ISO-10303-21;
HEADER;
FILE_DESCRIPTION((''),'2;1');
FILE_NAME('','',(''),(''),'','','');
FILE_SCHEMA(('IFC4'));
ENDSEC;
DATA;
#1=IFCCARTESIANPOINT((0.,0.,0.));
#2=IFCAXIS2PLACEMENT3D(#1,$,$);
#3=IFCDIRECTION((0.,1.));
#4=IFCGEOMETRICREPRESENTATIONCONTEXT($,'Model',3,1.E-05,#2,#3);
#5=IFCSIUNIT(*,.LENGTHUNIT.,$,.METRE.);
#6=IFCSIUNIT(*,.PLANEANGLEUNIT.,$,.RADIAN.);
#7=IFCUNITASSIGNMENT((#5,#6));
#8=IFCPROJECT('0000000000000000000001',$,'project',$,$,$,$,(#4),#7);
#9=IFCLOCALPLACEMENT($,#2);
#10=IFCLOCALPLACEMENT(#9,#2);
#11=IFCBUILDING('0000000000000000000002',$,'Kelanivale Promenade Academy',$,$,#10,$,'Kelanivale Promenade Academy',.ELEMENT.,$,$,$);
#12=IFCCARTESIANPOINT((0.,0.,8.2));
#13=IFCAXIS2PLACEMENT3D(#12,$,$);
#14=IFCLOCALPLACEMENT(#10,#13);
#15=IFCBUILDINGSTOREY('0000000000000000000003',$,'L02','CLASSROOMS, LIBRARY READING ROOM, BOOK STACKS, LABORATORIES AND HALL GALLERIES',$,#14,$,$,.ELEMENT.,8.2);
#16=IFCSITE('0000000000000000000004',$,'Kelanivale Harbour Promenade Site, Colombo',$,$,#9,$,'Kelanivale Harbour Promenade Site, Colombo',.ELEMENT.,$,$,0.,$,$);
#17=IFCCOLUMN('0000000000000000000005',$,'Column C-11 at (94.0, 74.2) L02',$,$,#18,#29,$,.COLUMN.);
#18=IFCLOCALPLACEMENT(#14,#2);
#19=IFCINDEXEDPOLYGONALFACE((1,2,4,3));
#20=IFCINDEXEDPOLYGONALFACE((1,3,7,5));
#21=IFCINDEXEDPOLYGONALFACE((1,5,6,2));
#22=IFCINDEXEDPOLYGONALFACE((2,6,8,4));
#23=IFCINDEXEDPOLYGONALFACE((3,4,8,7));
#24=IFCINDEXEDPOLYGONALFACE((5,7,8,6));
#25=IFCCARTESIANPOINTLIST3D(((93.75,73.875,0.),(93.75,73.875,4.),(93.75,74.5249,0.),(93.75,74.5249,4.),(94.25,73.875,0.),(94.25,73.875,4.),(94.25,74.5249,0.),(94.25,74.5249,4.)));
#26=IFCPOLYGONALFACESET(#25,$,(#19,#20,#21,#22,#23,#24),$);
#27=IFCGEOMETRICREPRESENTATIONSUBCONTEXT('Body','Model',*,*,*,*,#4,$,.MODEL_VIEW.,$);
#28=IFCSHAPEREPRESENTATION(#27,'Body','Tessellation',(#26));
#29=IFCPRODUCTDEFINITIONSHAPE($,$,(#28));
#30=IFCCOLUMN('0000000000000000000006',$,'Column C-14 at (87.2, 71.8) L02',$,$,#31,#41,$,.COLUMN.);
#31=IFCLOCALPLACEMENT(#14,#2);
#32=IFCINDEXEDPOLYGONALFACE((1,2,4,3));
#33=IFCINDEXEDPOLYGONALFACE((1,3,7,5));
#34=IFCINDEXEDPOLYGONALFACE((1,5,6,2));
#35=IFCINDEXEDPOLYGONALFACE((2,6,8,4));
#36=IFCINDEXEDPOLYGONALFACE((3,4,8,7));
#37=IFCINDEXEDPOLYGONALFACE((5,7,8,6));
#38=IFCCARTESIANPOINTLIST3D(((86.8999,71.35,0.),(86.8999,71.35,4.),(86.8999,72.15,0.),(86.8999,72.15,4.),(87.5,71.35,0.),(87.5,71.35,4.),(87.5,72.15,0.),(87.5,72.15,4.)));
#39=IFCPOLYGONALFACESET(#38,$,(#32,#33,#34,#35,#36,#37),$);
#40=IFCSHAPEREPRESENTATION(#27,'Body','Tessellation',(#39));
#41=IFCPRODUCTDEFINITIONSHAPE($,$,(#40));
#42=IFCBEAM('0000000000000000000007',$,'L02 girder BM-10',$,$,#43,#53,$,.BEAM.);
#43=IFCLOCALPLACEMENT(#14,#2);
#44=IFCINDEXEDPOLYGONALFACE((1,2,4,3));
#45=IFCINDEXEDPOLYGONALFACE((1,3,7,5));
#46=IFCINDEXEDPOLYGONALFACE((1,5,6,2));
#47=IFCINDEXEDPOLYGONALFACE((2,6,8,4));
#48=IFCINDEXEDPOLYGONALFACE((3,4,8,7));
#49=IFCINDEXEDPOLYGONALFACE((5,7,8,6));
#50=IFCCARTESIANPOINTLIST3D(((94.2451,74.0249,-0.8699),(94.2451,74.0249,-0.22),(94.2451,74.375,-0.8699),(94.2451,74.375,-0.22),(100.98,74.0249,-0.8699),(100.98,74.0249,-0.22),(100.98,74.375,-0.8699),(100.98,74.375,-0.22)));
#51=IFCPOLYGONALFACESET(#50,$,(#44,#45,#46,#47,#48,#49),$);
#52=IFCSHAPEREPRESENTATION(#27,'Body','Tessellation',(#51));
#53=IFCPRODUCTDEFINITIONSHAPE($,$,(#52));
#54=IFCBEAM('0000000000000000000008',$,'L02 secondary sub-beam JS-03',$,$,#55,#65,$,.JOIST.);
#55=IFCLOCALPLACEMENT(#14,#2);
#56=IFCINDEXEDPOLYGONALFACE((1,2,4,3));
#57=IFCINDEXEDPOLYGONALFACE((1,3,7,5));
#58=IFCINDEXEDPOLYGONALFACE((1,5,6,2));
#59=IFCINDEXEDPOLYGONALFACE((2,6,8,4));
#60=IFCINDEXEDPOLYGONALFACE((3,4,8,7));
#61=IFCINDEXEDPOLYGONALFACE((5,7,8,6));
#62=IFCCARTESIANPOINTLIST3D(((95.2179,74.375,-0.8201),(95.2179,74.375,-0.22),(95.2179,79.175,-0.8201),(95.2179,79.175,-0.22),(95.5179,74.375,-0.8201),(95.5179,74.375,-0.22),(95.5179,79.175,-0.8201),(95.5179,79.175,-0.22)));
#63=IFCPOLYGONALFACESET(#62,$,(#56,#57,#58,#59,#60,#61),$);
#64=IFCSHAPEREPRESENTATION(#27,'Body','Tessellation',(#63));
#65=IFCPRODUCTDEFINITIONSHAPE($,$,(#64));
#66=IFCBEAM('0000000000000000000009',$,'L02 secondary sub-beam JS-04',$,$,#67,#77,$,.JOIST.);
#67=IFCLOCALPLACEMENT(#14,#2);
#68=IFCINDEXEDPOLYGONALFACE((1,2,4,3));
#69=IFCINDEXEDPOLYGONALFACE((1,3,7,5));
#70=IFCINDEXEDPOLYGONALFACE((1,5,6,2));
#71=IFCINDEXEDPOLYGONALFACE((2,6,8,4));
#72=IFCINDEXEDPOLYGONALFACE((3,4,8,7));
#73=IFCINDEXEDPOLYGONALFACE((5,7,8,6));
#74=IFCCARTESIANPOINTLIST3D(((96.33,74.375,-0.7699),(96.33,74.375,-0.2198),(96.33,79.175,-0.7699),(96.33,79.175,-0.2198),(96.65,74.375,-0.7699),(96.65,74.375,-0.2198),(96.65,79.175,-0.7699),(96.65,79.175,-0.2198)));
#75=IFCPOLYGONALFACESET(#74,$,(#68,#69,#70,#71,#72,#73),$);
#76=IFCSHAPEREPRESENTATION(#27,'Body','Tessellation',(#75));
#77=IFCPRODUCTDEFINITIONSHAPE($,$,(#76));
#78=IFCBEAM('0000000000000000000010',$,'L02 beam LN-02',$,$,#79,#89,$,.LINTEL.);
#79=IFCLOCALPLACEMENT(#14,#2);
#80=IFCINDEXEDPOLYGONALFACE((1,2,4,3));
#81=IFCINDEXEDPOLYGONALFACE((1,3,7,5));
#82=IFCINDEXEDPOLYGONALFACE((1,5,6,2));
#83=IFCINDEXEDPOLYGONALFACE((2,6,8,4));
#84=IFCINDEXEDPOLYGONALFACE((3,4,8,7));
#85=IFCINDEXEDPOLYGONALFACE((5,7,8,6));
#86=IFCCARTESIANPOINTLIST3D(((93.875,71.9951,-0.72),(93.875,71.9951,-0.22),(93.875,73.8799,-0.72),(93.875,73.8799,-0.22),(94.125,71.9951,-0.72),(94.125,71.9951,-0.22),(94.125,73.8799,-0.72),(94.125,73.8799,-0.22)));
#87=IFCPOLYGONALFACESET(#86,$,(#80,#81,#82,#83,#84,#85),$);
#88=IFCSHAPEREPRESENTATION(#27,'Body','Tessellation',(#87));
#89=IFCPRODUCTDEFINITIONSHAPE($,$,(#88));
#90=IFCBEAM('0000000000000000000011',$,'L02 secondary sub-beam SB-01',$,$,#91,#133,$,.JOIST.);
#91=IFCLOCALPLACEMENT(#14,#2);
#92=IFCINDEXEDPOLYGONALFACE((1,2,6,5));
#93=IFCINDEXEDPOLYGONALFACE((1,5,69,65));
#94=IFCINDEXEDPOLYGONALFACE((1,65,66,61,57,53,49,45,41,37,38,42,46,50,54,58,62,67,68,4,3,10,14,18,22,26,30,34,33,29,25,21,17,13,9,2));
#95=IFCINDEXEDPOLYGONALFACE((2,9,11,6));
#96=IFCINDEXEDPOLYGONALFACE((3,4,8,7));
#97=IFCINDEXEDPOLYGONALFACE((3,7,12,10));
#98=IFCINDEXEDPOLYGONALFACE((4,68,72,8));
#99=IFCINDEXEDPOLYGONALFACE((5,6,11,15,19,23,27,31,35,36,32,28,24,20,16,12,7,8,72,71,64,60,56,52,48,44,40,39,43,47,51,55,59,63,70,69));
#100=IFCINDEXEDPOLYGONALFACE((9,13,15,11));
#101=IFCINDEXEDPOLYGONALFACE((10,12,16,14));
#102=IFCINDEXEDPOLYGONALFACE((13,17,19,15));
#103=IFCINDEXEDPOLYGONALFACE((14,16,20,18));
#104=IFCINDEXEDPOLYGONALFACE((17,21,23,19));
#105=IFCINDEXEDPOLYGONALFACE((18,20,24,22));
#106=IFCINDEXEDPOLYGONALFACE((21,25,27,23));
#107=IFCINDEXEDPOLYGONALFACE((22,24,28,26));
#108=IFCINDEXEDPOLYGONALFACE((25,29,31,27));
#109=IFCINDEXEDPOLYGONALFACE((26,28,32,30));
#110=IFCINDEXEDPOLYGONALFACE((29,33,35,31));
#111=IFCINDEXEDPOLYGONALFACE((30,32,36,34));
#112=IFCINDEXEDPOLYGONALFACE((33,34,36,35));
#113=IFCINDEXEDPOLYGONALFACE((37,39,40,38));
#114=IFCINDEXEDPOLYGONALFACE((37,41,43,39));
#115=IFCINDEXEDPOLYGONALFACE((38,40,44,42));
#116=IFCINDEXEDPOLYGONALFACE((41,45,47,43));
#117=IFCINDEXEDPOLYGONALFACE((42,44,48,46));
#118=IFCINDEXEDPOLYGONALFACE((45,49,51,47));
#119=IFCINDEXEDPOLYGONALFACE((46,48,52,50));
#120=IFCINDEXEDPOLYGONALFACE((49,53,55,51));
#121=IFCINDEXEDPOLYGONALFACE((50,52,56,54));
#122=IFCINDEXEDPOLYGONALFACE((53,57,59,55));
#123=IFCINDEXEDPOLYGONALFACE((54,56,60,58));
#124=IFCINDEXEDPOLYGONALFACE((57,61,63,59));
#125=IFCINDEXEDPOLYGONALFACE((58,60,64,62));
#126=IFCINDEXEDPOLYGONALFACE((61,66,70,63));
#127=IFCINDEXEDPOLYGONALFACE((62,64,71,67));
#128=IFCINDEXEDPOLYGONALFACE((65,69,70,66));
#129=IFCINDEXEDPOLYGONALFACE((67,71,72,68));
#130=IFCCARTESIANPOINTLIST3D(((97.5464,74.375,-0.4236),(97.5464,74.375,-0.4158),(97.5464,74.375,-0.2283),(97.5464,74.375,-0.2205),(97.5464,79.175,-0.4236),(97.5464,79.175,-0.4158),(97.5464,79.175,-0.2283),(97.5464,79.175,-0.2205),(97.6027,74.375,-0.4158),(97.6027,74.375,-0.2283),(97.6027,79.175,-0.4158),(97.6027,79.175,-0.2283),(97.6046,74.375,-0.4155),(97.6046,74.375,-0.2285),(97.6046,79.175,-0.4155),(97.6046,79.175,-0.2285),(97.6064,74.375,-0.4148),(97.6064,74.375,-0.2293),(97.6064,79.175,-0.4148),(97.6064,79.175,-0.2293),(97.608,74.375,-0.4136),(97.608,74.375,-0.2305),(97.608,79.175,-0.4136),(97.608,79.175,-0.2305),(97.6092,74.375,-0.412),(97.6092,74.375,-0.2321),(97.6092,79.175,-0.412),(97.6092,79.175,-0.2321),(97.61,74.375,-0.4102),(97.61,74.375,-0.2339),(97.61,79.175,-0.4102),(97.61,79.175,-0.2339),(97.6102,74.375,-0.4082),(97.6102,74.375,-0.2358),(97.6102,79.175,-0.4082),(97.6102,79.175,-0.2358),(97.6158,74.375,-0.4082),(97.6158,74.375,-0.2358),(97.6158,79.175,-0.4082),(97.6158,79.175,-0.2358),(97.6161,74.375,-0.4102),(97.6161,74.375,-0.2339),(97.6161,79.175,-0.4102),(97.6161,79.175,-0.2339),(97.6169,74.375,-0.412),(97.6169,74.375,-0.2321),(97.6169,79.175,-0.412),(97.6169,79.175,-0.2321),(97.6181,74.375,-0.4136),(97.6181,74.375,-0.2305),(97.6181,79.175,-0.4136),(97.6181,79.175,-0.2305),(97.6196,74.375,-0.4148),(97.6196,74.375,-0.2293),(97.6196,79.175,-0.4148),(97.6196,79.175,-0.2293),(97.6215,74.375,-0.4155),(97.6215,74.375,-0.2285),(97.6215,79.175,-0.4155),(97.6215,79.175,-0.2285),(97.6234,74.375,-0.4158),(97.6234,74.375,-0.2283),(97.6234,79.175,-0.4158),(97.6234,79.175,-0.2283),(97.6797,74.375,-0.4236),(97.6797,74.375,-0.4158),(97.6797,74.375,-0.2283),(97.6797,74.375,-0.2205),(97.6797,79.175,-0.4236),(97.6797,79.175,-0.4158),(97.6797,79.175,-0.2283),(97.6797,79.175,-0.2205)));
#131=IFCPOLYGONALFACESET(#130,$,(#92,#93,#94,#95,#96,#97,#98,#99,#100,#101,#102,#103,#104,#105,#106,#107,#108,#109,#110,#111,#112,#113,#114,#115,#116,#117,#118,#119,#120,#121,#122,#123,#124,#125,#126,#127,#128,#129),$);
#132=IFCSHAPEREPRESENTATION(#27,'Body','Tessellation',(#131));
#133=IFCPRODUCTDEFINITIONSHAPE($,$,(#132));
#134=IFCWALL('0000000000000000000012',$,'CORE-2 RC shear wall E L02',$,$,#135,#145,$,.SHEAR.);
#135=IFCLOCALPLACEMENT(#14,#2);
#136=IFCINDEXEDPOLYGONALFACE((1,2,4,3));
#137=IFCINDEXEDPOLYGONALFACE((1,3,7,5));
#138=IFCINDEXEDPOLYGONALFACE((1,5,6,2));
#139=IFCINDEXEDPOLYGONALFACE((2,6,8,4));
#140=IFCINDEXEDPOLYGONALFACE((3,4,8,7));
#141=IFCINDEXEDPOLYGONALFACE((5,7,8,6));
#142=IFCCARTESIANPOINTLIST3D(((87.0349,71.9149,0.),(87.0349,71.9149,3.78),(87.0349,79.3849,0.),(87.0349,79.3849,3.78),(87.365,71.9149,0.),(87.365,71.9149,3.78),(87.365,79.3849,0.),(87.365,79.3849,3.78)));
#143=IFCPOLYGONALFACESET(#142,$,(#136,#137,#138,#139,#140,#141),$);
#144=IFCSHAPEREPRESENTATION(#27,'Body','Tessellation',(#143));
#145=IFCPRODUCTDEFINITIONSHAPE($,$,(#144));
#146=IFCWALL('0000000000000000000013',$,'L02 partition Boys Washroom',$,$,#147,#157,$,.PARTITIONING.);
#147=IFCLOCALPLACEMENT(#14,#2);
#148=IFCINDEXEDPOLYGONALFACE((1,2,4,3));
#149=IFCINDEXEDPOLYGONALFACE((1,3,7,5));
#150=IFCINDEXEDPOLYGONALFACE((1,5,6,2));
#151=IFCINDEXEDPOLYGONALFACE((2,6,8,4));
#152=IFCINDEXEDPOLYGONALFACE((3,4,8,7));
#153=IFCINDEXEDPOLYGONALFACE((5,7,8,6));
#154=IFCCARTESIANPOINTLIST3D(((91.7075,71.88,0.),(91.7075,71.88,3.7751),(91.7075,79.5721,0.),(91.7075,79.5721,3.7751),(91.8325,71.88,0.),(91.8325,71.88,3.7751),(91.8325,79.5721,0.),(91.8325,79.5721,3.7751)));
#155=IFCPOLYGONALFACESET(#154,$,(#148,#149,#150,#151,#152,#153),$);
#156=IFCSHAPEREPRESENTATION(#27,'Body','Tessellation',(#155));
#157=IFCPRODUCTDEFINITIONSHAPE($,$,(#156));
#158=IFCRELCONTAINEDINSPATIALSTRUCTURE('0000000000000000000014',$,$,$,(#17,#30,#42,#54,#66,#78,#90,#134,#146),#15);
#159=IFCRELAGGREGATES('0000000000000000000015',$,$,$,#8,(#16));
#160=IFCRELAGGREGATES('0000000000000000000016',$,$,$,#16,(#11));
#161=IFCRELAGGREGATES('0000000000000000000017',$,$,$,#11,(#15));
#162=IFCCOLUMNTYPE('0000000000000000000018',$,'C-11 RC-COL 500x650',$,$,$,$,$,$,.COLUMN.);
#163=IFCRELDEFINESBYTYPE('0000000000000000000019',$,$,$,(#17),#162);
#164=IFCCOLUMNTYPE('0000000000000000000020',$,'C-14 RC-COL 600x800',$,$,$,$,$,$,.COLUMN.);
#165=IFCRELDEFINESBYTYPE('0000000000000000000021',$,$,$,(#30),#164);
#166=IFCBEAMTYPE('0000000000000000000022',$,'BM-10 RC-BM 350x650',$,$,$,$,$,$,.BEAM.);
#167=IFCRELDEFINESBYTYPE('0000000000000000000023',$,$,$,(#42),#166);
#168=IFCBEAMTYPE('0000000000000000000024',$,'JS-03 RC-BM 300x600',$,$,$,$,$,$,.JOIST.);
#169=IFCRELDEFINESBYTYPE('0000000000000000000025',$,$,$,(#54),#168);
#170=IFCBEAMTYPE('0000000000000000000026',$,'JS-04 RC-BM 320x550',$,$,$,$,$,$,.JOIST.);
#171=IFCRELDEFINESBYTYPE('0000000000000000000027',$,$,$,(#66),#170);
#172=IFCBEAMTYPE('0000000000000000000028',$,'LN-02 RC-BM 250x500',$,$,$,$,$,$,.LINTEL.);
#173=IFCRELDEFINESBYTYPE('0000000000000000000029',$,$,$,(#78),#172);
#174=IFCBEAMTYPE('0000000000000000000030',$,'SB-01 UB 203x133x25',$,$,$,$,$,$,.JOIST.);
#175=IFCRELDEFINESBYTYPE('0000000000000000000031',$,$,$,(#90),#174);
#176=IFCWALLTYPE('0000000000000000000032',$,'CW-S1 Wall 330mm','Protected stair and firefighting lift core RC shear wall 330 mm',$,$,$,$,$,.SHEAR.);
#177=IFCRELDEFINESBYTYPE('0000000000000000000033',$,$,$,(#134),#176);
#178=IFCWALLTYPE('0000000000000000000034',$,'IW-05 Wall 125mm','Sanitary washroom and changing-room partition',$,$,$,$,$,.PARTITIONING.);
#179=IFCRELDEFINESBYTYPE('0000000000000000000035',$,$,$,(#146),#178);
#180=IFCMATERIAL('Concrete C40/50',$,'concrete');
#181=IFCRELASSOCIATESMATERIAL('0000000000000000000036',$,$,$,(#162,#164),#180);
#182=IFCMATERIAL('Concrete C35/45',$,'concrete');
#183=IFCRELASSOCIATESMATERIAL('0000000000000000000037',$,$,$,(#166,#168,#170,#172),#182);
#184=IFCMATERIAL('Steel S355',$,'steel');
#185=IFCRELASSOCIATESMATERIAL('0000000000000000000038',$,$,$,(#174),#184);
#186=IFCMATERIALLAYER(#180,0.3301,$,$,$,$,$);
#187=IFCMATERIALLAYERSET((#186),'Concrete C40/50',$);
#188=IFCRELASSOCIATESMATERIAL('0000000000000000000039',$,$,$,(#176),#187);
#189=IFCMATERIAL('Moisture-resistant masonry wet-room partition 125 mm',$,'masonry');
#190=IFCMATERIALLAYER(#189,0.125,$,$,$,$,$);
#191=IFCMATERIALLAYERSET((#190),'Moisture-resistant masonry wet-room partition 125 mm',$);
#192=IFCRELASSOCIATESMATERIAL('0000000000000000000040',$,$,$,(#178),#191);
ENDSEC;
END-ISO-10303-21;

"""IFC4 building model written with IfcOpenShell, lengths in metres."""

from ifc_helpers import new_model, si_unit, direction, frame, frame_2d, origin, origin_2d, place, context, subcontext, project, spatial, rectangle, i_section, extrude, material, layer, layer_set, material_profile, profile_set, type_object, element, save


model = new_model("IFC4")

# Units and contexts
model_context = context("Model", 3, precision=1e-05, world=origin(), true_north=direction((0.0, 1.0)))
body_context = subcontext(model_context, "Body", "Model", "MODEL_VIEW")
ifc_project = project(units=[si_unit("LENGTHUNIT", "METRE"), si_unit("PLANEANGLEUNIT", "RADIAN")], contexts=[model_context])

# Site, building, storey
site_placement = place(None, origin())
site = spatial("IfcSite", under=ifc_project, at=site_placement, Name="Kelanivale Harbour Promenade Site, Colombo", LongName="Kelanivale Harbour Promenade Site, Colombo", CompositionType="ELEMENT", RefElevation=0.0)
building_placement = place(site_placement, origin())
building = spatial("IfcBuilding", under=site, at=building_placement, Name="Kelanivale Promenade Academy", LongName="Kelanivale Promenade Academy", CompositionType="ELEMENT")
storey_placement = place(building_placement, frame((0.0, 0.0, 8.2)))
storey = spatial("IfcBuildingStorey", under=building, at=storey_placement, Name="L02", Description="CLASSROOMS, LIBRARY READING ROOM, BOOK STACKS, LABORATORIES AND HALL GALLERIES", CompositionType="ELEMENT", Elevation=8.2)

# Columns
ifc_material_1 = material(Name="Concrete C40/50", Category="concrete")
ifc_material_profile_1 = material_profile(ifc_material_1, rectangle(XDim=0.5, YDim=0.6499, at=origin_2d()), Name="RC-COL 500x650")
ifc_profile_set_1 = profile_set([ifc_material_profile_1], Name="Concrete C40/50")
column_type_1 = type_object("IfcColumnType", Name="C-11 RC-COL 500x650", PredefinedType="COLUMN", material=ifc_profile_set_1)
column_1_placement = place(storey_placement, frame((94.0, 74.2, 0.0), z_axis=(0.0, 0.0, 1.0), x_axis=(1.0, 0.0, 0.0)))
element("IfcColumn", 1, at=column_1_placement, inside=storey, type_object=column_type_1, Name="Column C-11 at (94.0, 74.2) L02", PredefinedType="COLUMN", context=body_context, shape_type="SweptSolid", body=[
    extrude(rectangle(XDim=0.5, YDim=0.6499, at=origin_2d()), origin(), (0.0, 0.0, 1.0), 4.0),
])
ifc_material_profile_2 = material_profile(ifc_material_1, rectangle(XDim=0.6001, YDim=0.8, at=origin_2d()), Name="RC-COL 600x800")
ifc_profile_set_2 = profile_set([ifc_material_profile_2], Name="Concrete C40/50")
column_type_2 = type_object("IfcColumnType", Name="C-14 RC-COL 600x800", PredefinedType="COLUMN", material=ifc_profile_set_2)
column_2_placement = place(storey_placement, frame((87.2, 71.75, 0.0), z_axis=(0.0, 0.0, 1.0), x_axis=(1.0, 0.0, 0.0)))
element("IfcColumn", 2, at=column_2_placement, inside=storey, type_object=column_type_2, Name="Column C-14 at (87.2, 71.8) L02", PredefinedType="COLUMN", context=body_context, shape_type="SweptSolid", body=[
    extrude(rectangle(XDim=0.6001, YDim=0.8, at=origin_2d()), origin(), (0.0, 0.0, 1.0), 4.0),
])

# Beams
ifc_material_2 = material(Name="Concrete C35/45", Category="concrete")
ifc_material_profile_3 = material_profile(ifc_material_2, rectangle(XDim=0.3501, YDim=0.6499, at=origin_2d()), Name="RC-BM 350x650")
ifc_profile_set_3 = profile_set([ifc_material_profile_3], Name="Concrete C35/45")
beam_type_1 = type_object("IfcBeamType", Name="BM-10 RC-BM 350x650", PredefinedType="BEAM", material=ifc_profile_set_3)
beam_1_placement = place(storey_placement, frame((94.2451, 74.2, -0.5449), z_axis=(1.0, 0.0, 0.0), x_axis=(0.0, 1.0, 0.0)))
element("IfcBeam", 3, at=beam_1_placement, inside=storey, type_object=beam_type_1, Name="L02 girder BM-10", PredefinedType="BEAM", context=body_context, shape_type="SweptSolid", body=[
    extrude(rectangle(XDim=0.3501, YDim=0.6499, at=origin_2d()), origin(), (0.0, 0.0, 1.0), 6.7349),
])
ifc_material_profile_4 = material_profile(ifc_material_2, rectangle(XDim=0.3, YDim=0.6001, at=origin_2d()), Name="RC-BM 300x600")
ifc_profile_set_4 = profile_set([ifc_material_profile_4], Name="Concrete C35/45")
beam_type_2 = type_object("IfcBeamType", Name="JS-03 RC-BM 300x600", PredefinedType="JOIST", material=ifc_profile_set_4)
beam_2_placement = place(storey_placement, frame((95.3679, 74.375, -0.52), z_axis=(0.0, 1.0, 0.0), x_axis=(-1.0, 0.0, 0.0)))
element("IfcBeam", 4, at=beam_2_placement, inside=storey, type_object=beam_type_2, Name="L02 secondary sub-beam JS-03", PredefinedType="JOIST", context=body_context, shape_type="SweptSolid", body=[
    extrude(rectangle(XDim=0.3, YDim=0.6001, at=origin_2d()), origin(), (0.0, 0.0, 1.0), 4.8),
])
ifc_material_profile_5 = material_profile(ifc_material_2, rectangle(XDim=0.3201, YDim=0.55, at=origin_2d()), Name="RC-BM 320x550")
ifc_profile_set_5 = profile_set([ifc_material_profile_5], Name="Concrete C35/45")
beam_type_3 = type_object("IfcBeamType", Name="JS-04 RC-BM 320x550", PredefinedType="JOIST", material=ifc_profile_set_5)
beam_3_placement = place(storey_placement, frame((96.49, 74.375, -0.4949), z_axis=(0.0, 1.0, 0.0), x_axis=(-1.0, 0.0, 0.0)))
element("IfcBeam", 5, at=beam_3_placement, inside=storey, type_object=beam_type_3, Name="L02 secondary sub-beam JS-04", PredefinedType="JOIST", context=body_context, shape_type="SweptSolid", body=[
    extrude(rectangle(XDim=0.3201, YDim=0.55, at=origin_2d()), origin(), (0.0, 0.0, 1.0), 4.8),
])
ifc_material_profile_6 = material_profile(ifc_material_2, rectangle(XDim=0.25, YDim=0.5, at=origin_2d()), Name="RC-BM 250x500")
ifc_profile_set_6 = profile_set([ifc_material_profile_6], Name="Concrete C35/45")
beam_type_4 = type_object("IfcBeamType", Name="LN-02 RC-BM 250x500", PredefinedType="LINTEL", material=ifc_profile_set_6)
beam_4_placement = place(storey_placement, frame((94.0, 71.9951, -0.47), z_axis=(0.0, 1.0, 0.0), x_axis=(-1.0, 0.0, 0.0)))
element("IfcBeam", 6, at=beam_4_placement, inside=storey, type_object=beam_type_4, Name="L02 beam LN-02", PredefinedType="LINTEL", context=body_context, shape_type="SweptSolid", body=[
    extrude(rectangle(XDim=0.25, YDim=0.5, at=origin_2d()), origin(), (0.0, 0.0, 1.0), 1.8848),
])
ifc_material_3 = material(Name="Steel S355", Category="steel")
ifc_material_profile_7 = material_profile(ifc_material_3, i_section(OverallWidth=0.1333, OverallDepth=0.2031, WebThickness=0.0056, FlangeThickness=0.0078, FilletRadius=0.0076, at=origin_2d()), Name="UB 203x133x25")
ifc_profile_set_7 = profile_set([ifc_material_profile_7], Name="Steel S355")
beam_type_5 = type_object("IfcBeamType", Name="SB-01 UB 203x133x25", PredefinedType="JOIST", material=ifc_profile_set_7)
beam_5_placement = place(storey_placement, frame((97.613, 74.375, -0.322), z_axis=(0.0, 1.0, 0.0), x_axis=(-1.0, 0.0, 0.0)))
element("IfcBeam", 7, at=beam_5_placement, inside=storey, type_object=beam_type_5, Name="L02 secondary sub-beam SB-01", PredefinedType="JOIST", context=body_context, shape_type="SweptSolid", body=[
    extrude(i_section(OverallWidth=0.1333, OverallDepth=0.2031, WebThickness=0.0056, FlangeThickness=0.0078, FilletRadius=0.0076, at=origin_2d()), origin(), (0.0, 0.0, 1.0), 4.8),
])

# Walls
ifc_layer_1 = layer(ifc_material_1, 0.3301)
ifc_layer_set_1 = layer_set([ifc_layer_1], Name="Concrete C40/50")
wall_type_1 = type_object("IfcWallType", Name="CW-S1 Wall 330mm", Description="Protected stair and firefighting lift core RC shear wall 330 mm", PredefinedType="SHEAR", material=ifc_layer_set_1)
wall_1_placement = place(storey_placement, frame((87.2, 71.915, 0.0), z_axis=(0.0, 0.0, 1.0), x_axis=(0.0, 1.0, 0.0)))
element("IfcWall", 8, at=wall_1_placement, inside=storey, type_object=wall_type_1, Name="CORE-2 RC shear wall E L02", PredefinedType="SHEAR", context=body_context, shape_type="SweptSolid", body=[
    extrude(rectangle(XDim=7.47, YDim=0.3301, at=frame_2d((3.7349, 0.0))), origin(), (0.0, 0.0, 1.0), 3.78),
])
ifc_material_4 = material(Name="Moisture-resistant masonry wet-room partition 125 mm", Category="masonry")
ifc_layer_2 = layer(ifc_material_4, 0.125)
ifc_layer_set_2 = layer_set([ifc_layer_2], Name="Moisture-resistant masonry wet-room partition 125 mm")
wall_type_2 = type_object("IfcWallType", Name="IW-05 Wall 125mm", Description="Sanitary washroom and changing-room partition", PredefinedType="PARTITIONING", material=ifc_layer_set_2)
wall_2_placement = place(storey_placement, frame((91.77, 71.8799, 0.0), z_axis=(0.0, 0.0, 1.0), x_axis=(0.0, 1.0, 0.0)))
element("IfcWall", 9, at=wall_2_placement, inside=storey, type_object=wall_type_2, Name="L02 partition Boys Washroom", PredefinedType="PARTITIONING", context=body_context, shape_type="SweptSolid", body=[
    extrude(rectangle(XDim=7.6921, YDim=0.125, at=frame_2d((3.8462, 0.0))), origin(), (0.0, 0.0, 1.0), 3.7751),
])

save(model, "model.ifc")
